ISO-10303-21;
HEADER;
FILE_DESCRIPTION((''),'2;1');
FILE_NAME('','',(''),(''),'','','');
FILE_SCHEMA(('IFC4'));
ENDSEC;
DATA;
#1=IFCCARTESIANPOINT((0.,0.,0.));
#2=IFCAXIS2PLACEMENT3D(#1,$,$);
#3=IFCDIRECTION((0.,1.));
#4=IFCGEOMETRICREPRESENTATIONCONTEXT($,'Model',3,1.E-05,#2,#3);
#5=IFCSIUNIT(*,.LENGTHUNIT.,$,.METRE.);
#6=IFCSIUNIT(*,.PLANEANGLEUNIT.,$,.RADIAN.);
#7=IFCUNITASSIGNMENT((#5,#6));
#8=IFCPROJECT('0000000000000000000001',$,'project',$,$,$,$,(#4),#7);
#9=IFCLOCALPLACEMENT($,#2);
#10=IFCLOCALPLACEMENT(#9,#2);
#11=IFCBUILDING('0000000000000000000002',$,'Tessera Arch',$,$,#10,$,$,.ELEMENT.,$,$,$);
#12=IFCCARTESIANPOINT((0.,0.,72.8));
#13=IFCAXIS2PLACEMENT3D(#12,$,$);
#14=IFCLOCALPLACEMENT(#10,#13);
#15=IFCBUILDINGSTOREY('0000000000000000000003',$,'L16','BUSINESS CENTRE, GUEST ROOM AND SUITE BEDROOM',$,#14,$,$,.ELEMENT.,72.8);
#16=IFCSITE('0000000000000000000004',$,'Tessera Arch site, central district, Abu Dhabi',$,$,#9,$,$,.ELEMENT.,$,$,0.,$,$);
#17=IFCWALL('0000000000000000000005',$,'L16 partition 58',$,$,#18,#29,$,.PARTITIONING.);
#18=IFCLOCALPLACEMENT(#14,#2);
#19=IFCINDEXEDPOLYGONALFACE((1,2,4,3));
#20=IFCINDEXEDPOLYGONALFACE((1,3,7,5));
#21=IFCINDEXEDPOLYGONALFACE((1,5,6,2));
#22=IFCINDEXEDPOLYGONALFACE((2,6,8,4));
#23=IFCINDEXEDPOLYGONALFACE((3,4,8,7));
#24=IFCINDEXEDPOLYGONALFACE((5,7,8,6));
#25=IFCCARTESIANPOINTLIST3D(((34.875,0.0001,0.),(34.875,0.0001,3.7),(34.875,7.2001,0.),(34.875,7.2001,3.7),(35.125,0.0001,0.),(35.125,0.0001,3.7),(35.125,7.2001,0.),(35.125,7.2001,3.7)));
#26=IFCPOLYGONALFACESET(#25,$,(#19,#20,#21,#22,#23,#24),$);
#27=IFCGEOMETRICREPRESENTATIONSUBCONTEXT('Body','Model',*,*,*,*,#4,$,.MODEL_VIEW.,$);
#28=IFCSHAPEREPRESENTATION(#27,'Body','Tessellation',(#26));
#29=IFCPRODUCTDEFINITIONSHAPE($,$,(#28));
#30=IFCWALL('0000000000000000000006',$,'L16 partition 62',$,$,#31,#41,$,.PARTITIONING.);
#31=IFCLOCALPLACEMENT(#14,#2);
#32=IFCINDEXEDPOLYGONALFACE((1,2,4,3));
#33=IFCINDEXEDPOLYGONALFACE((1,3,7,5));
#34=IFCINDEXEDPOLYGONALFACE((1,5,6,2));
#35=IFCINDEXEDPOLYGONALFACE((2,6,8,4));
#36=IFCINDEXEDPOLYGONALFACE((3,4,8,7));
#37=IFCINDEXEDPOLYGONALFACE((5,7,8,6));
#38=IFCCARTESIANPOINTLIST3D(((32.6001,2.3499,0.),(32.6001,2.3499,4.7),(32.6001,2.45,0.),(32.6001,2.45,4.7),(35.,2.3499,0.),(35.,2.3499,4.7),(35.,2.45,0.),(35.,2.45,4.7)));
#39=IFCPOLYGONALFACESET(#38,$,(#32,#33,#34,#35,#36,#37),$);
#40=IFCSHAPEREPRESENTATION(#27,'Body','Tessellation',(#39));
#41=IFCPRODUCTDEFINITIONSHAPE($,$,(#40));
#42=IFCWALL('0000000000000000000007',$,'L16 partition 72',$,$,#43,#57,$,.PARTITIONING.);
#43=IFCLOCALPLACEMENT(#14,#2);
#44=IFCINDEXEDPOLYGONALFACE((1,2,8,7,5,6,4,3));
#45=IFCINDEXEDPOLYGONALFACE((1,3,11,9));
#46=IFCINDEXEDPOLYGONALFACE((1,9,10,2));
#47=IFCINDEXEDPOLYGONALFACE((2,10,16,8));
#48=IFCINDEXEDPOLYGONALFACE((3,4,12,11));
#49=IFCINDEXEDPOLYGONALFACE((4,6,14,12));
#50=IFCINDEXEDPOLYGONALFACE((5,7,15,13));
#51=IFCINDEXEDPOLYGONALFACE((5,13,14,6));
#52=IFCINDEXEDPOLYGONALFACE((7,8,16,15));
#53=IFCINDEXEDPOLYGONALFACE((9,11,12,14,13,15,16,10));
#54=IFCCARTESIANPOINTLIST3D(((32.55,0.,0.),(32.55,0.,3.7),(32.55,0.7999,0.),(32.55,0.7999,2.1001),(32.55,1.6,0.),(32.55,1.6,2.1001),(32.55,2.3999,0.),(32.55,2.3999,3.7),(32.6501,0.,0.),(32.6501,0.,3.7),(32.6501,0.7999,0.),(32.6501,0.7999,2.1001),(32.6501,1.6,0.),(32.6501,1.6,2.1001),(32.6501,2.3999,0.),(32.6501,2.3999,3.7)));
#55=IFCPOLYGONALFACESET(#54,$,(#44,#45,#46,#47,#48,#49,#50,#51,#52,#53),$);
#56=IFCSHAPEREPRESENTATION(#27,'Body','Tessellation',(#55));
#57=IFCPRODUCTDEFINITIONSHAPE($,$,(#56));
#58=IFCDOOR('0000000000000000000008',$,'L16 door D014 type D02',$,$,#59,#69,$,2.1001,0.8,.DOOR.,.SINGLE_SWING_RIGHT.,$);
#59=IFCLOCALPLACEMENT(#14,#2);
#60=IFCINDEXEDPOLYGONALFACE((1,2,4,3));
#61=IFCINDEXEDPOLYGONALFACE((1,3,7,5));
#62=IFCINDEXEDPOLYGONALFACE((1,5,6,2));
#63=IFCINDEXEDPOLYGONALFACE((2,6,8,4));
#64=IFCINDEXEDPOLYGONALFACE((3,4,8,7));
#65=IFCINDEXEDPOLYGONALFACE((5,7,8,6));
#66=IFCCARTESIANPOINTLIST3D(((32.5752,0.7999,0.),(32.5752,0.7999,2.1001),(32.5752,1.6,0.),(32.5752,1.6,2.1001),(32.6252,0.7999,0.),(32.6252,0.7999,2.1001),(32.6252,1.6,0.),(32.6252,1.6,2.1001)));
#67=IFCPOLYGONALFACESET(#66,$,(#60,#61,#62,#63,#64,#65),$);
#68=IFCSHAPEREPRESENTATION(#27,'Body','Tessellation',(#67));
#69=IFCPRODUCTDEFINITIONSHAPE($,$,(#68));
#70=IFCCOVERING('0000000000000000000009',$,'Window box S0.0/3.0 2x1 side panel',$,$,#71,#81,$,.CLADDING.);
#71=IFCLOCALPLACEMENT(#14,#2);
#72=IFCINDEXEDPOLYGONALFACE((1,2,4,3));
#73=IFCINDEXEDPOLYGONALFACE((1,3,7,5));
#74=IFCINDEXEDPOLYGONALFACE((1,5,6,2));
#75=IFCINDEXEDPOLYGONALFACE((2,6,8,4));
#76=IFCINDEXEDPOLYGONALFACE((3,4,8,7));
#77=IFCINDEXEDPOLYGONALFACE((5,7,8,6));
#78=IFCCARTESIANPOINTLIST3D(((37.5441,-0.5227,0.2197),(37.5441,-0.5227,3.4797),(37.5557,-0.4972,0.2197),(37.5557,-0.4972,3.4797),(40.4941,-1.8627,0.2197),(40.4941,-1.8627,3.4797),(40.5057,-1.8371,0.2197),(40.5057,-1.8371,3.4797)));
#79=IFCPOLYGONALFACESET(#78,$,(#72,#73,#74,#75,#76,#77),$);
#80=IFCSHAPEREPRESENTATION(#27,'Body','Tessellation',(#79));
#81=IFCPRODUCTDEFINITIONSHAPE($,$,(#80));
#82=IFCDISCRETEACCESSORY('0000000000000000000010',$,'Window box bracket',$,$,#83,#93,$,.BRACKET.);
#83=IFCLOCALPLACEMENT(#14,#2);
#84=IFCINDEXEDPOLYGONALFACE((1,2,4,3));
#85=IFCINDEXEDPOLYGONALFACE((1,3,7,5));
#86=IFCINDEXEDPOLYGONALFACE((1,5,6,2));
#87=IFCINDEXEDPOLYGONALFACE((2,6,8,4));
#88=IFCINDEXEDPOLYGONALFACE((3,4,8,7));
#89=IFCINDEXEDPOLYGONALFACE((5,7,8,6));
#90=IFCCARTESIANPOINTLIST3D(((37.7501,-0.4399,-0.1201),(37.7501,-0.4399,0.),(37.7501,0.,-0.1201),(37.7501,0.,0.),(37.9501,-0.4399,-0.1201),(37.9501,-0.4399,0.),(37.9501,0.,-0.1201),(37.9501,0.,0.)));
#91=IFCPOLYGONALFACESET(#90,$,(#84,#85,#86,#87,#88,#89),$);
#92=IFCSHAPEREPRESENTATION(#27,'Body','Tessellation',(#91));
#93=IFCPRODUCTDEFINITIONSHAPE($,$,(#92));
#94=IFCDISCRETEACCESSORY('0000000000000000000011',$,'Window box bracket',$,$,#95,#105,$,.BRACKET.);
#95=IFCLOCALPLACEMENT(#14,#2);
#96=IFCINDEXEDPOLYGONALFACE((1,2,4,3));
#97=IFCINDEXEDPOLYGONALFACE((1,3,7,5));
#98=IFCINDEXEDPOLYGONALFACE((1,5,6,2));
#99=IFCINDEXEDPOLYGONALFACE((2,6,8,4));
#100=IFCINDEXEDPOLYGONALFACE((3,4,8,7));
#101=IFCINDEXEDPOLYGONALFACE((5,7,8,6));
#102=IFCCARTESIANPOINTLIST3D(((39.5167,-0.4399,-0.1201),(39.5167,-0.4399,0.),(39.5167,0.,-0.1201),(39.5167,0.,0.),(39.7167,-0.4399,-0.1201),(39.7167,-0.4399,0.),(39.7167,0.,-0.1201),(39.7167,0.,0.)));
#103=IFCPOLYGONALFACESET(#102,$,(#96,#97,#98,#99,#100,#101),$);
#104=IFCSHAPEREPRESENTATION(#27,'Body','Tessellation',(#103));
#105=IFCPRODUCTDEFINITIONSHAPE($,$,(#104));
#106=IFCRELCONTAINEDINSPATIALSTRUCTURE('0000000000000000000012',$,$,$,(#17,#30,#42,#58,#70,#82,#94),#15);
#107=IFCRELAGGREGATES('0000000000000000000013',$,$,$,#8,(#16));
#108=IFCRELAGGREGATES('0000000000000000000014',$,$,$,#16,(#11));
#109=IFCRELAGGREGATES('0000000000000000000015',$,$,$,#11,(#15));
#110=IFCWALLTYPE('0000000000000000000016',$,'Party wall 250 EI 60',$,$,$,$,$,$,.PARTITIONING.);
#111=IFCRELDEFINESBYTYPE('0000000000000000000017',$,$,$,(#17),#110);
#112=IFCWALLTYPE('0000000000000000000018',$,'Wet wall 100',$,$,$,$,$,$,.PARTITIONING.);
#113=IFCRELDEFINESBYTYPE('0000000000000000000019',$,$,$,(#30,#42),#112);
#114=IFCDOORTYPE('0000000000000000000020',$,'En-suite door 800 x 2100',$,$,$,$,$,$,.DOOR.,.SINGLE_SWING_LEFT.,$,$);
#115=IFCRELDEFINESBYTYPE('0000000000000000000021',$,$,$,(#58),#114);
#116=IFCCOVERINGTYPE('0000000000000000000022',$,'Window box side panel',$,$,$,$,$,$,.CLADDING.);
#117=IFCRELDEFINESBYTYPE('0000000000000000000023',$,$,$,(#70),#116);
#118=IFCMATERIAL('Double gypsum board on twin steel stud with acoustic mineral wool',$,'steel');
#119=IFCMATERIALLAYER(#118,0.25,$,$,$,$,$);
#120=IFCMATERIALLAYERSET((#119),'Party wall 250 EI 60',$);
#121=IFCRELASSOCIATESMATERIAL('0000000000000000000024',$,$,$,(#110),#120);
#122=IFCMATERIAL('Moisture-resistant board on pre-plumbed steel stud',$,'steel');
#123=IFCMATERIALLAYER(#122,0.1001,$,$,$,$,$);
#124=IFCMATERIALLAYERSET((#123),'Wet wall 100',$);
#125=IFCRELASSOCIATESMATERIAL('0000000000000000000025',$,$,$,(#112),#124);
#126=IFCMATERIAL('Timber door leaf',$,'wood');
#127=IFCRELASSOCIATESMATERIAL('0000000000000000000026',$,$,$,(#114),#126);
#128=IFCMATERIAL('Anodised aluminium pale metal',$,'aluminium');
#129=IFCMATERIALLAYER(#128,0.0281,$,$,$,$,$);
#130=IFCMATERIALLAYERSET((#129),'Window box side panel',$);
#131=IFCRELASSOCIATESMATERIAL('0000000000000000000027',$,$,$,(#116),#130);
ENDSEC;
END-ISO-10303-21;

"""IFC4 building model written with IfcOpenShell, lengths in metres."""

from ifc_helpers import new_model, si_unit, direction, frame, frame_2d, origin, origin_2d, place, context, subcontext, project, spatial, rectangle, extrude, material, layer, layer_set, type_object, element, fill, save


model = new_model("IFC4")

# Units and contexts
model_context = context("Model", 3, precision=1e-05, world=origin(), true_north=direction((0.0, 1.0)))
body_context = subcontext(model_context, "Body", "Model", "MODEL_VIEW")
ifc_project = project(units=[si_unit("LENGTHUNIT", "METRE"), si_unit("PLANEANGLEUNIT", "RADIAN")], contexts=[model_context])

# Site, building, storey
site_placement = place(None, origin())
site = spatial("IfcSite", under=ifc_project, at=site_placement, Name="Tessera Arch site, central district, Abu Dhabi", CompositionType="ELEMENT", RefElevation=0.0)
building_placement = place(site_placement, origin())
building = spatial("IfcBuilding", under=site, at=building_placement, Name="Tessera Arch", CompositionType="ELEMENT")
storey_placement = place(building_placement, frame((0.0, 0.0, 72.8)))
storey = spatial("IfcBuildingStorey", under=building, at=storey_placement, Name="L16", Description="BUSINESS CENTRE, GUEST ROOM AND SUITE BEDROOM", CompositionType="ELEMENT", Elevation=72.8)

# Walls
ifc_material_1 = material(Name="Double gypsum board on twin steel stud with acoustic mineral wool", Category="steel")
ifc_layer_1 = layer(ifc_material_1, 0.25)
ifc_layer_set_1 = layer_set([ifc_layer_1], Name="Party wall 250 EI 60")
wall_type_1 = type_object("IfcWallType", Name="Party wall 250 EI 60", PredefinedType="PARTITIONING", material=ifc_layer_set_1)
wall_1_placement = place(storey_placement, frame((35.0, 0.0, 0.0), z_axis=(0.0, 0.0, 1.0), x_axis=(0.0, 1.0, 0.0)))
element("IfcWall", 1, at=wall_1_placement, inside=storey, type_object=wall_type_1, Name="L16 partition 58", PredefinedType="PARTITIONING", context=body_context, shape_type="SweptSolid", body=[
    extrude(rectangle(XDim=7.2, YDim=0.25, at=frame_2d((3.6001, 0.0))), origin(), (0.0, 0.0, 1.0), 3.7),
])
ifc_material_2 = material(Name="Moisture-resistant board on pre-plumbed steel stud", Category="steel")
ifc_layer_2 = layer(ifc_material_2, 0.1001)
ifc_layer_set_2 = layer_set([ifc_layer_2], Name="Wet wall 100")
wall_type_2 = type_object("IfcWallType", Name="Wet wall 100", PredefinedType="PARTITIONING", material=ifc_layer_set_2)
wall_2_placement = place(storey_placement, frame((32.6001, 2.3999, 0.0), z_axis=(0.0, 0.0, 1.0), x_axis=(1.0, 0.0, 0.0)))
element("IfcWall", 2, at=wall_2_placement, inside=storey, type_object=wall_type_2, Name="L16 partition 62", PredefinedType="PARTITIONING", context=body_context, shape_type="SweptSolid", body=[
    extrude(rectangle(XDim=2.3999, YDim=0.1001, at=frame_2d((1.2, 0.0))), origin(), (0.0, 0.0, 1.0), 4.7),
])

# Wall, opening, door
wall_3_placement = place(storey_placement, frame((32.6001, 0.0, 0.0), z_axis=(0.0, 0.0, 1.0), x_axis=(0.0, 1.0, 0.0)))
wall_3 = element("IfcWall", 3, at=wall_3_placement, inside=storey, type_object=wall_type_2, Name="L16 partition 72", PredefinedType="PARTITIONING", context=body_context, shape_type="SweptSolid", body=[
    extrude(rectangle(XDim=2.3999, YDim=0.1001, at=frame_2d((1.2, 0.0))), origin(), (0.0, 0.0, 1.0), 3.7),
])
opening_1_placement = place(wall_3_placement, frame((0.8, 0.0, 0.0)))
opening_1 = element("IfcOpeningElement", 4, at=opening_1_placement, cuts=wall_3, PredefinedType="OPENING", context=body_context, shape_type="SweptSolid", body=[
    extrude(rectangle(XDim=0.8, YDim=2.1001, at=frame_2d((0.3999, 1.05))), frame((0.0, 0.0601, 0.0), z_axis=(0.0, -1.0, 0.0), x_axis=(1.0, 0.0, 0.0)), (0.0, 0.0, 1.0), 0.1201),
])
ifc_material_3 = material(Name="Timber door leaf", Category="wood")
door_type_1 = type_object("IfcDoorType", Name="En-suite door 800 x 2100", OperationType="SINGLE_SWING_LEFT", PredefinedType="DOOR", material=ifc_material_3)
door_1_placement = place(opening_1_placement, origin())
door_1 = element("IfcDoor", 5, at=door_1_placement, inside=storey, type_object=door_type_1, Name="L16 door D014 type D02", OperationType="SINGLE_SWING_RIGHT", OverallHeight=2.1001, OverallWidth=0.8, PredefinedType="DOOR", context=body_context, shape_type="SweptSolid", body=[
    extrude(rectangle(XDim=0.8, YDim=2.1001, at=frame_2d((0.3999, 1.05))), frame((0.0, 0.0249, 0.0), z_axis=(0.0, -1.0, 0.0), x_axis=(1.0, 0.0, 0.0)), (0.0, 0.0, 1.0), 0.05),
])
fill(opening_1, door_1)

# Covering
ifc_material_4 = material(Name="Anodised aluminium pale metal", Category="aluminium")
ifc_layer_3 = layer(ifc_material_4, 0.0281)
ifc_layer_set_3 = layer_set([ifc_layer_3], Name="Window box side panel")
covering_type = type_object("IfcCoveringType", Name="Window box side panel", PredefinedType="CLADDING", material=ifc_layer_set_3)
covering_placement = place(storey_placement, frame((39.0249, -1.1799, 0.2197), z_axis=(0.0, 0.0, 1.0), x_axis=(0.910472, -0.41357, 0.0)))
element("IfcCovering", 6, at=covering_placement, inside=storey, type_object=covering_type, Name="Window box S0.0/3.0 2x1 side panel", PredefinedType="CLADDING", context=body_context, shape_type="SweptSolid", body=[
    extrude(rectangle(XDim=3.24, YDim=0.0281, at=origin_2d()), origin(), (0.0, 0.0, 1.0), 3.26),
])

# Discrete accessories
for number, where, z_axis, x_axis, name in (
    (7, (37.8501, -0.22, -0.1201), (0.0, 0.0, 1.0), (0.0, -1.0, 0.0), "Window box bracket"),
    (8, (39.6167, -0.22, -0.1201), (0.0, 0.0, 1.0), (0.0, -1.0, 0.0), "Window box bracket"),
):
    element("IfcDiscreteAccessory", number, at=place(storey_placement, frame(where, z_axis=z_axis, x_axis=x_axis)), inside=storey, Name=name, PredefinedType="BRACKET", context=body_context, shape_type="SweptSolid", body=[
        extrude(rectangle(XDim=0.4399, YDim=0.2, at=origin_2d()), origin(), (0.0, 0.0, 1.0), 0.1201),
    ])

save(model, "model.ifc")
